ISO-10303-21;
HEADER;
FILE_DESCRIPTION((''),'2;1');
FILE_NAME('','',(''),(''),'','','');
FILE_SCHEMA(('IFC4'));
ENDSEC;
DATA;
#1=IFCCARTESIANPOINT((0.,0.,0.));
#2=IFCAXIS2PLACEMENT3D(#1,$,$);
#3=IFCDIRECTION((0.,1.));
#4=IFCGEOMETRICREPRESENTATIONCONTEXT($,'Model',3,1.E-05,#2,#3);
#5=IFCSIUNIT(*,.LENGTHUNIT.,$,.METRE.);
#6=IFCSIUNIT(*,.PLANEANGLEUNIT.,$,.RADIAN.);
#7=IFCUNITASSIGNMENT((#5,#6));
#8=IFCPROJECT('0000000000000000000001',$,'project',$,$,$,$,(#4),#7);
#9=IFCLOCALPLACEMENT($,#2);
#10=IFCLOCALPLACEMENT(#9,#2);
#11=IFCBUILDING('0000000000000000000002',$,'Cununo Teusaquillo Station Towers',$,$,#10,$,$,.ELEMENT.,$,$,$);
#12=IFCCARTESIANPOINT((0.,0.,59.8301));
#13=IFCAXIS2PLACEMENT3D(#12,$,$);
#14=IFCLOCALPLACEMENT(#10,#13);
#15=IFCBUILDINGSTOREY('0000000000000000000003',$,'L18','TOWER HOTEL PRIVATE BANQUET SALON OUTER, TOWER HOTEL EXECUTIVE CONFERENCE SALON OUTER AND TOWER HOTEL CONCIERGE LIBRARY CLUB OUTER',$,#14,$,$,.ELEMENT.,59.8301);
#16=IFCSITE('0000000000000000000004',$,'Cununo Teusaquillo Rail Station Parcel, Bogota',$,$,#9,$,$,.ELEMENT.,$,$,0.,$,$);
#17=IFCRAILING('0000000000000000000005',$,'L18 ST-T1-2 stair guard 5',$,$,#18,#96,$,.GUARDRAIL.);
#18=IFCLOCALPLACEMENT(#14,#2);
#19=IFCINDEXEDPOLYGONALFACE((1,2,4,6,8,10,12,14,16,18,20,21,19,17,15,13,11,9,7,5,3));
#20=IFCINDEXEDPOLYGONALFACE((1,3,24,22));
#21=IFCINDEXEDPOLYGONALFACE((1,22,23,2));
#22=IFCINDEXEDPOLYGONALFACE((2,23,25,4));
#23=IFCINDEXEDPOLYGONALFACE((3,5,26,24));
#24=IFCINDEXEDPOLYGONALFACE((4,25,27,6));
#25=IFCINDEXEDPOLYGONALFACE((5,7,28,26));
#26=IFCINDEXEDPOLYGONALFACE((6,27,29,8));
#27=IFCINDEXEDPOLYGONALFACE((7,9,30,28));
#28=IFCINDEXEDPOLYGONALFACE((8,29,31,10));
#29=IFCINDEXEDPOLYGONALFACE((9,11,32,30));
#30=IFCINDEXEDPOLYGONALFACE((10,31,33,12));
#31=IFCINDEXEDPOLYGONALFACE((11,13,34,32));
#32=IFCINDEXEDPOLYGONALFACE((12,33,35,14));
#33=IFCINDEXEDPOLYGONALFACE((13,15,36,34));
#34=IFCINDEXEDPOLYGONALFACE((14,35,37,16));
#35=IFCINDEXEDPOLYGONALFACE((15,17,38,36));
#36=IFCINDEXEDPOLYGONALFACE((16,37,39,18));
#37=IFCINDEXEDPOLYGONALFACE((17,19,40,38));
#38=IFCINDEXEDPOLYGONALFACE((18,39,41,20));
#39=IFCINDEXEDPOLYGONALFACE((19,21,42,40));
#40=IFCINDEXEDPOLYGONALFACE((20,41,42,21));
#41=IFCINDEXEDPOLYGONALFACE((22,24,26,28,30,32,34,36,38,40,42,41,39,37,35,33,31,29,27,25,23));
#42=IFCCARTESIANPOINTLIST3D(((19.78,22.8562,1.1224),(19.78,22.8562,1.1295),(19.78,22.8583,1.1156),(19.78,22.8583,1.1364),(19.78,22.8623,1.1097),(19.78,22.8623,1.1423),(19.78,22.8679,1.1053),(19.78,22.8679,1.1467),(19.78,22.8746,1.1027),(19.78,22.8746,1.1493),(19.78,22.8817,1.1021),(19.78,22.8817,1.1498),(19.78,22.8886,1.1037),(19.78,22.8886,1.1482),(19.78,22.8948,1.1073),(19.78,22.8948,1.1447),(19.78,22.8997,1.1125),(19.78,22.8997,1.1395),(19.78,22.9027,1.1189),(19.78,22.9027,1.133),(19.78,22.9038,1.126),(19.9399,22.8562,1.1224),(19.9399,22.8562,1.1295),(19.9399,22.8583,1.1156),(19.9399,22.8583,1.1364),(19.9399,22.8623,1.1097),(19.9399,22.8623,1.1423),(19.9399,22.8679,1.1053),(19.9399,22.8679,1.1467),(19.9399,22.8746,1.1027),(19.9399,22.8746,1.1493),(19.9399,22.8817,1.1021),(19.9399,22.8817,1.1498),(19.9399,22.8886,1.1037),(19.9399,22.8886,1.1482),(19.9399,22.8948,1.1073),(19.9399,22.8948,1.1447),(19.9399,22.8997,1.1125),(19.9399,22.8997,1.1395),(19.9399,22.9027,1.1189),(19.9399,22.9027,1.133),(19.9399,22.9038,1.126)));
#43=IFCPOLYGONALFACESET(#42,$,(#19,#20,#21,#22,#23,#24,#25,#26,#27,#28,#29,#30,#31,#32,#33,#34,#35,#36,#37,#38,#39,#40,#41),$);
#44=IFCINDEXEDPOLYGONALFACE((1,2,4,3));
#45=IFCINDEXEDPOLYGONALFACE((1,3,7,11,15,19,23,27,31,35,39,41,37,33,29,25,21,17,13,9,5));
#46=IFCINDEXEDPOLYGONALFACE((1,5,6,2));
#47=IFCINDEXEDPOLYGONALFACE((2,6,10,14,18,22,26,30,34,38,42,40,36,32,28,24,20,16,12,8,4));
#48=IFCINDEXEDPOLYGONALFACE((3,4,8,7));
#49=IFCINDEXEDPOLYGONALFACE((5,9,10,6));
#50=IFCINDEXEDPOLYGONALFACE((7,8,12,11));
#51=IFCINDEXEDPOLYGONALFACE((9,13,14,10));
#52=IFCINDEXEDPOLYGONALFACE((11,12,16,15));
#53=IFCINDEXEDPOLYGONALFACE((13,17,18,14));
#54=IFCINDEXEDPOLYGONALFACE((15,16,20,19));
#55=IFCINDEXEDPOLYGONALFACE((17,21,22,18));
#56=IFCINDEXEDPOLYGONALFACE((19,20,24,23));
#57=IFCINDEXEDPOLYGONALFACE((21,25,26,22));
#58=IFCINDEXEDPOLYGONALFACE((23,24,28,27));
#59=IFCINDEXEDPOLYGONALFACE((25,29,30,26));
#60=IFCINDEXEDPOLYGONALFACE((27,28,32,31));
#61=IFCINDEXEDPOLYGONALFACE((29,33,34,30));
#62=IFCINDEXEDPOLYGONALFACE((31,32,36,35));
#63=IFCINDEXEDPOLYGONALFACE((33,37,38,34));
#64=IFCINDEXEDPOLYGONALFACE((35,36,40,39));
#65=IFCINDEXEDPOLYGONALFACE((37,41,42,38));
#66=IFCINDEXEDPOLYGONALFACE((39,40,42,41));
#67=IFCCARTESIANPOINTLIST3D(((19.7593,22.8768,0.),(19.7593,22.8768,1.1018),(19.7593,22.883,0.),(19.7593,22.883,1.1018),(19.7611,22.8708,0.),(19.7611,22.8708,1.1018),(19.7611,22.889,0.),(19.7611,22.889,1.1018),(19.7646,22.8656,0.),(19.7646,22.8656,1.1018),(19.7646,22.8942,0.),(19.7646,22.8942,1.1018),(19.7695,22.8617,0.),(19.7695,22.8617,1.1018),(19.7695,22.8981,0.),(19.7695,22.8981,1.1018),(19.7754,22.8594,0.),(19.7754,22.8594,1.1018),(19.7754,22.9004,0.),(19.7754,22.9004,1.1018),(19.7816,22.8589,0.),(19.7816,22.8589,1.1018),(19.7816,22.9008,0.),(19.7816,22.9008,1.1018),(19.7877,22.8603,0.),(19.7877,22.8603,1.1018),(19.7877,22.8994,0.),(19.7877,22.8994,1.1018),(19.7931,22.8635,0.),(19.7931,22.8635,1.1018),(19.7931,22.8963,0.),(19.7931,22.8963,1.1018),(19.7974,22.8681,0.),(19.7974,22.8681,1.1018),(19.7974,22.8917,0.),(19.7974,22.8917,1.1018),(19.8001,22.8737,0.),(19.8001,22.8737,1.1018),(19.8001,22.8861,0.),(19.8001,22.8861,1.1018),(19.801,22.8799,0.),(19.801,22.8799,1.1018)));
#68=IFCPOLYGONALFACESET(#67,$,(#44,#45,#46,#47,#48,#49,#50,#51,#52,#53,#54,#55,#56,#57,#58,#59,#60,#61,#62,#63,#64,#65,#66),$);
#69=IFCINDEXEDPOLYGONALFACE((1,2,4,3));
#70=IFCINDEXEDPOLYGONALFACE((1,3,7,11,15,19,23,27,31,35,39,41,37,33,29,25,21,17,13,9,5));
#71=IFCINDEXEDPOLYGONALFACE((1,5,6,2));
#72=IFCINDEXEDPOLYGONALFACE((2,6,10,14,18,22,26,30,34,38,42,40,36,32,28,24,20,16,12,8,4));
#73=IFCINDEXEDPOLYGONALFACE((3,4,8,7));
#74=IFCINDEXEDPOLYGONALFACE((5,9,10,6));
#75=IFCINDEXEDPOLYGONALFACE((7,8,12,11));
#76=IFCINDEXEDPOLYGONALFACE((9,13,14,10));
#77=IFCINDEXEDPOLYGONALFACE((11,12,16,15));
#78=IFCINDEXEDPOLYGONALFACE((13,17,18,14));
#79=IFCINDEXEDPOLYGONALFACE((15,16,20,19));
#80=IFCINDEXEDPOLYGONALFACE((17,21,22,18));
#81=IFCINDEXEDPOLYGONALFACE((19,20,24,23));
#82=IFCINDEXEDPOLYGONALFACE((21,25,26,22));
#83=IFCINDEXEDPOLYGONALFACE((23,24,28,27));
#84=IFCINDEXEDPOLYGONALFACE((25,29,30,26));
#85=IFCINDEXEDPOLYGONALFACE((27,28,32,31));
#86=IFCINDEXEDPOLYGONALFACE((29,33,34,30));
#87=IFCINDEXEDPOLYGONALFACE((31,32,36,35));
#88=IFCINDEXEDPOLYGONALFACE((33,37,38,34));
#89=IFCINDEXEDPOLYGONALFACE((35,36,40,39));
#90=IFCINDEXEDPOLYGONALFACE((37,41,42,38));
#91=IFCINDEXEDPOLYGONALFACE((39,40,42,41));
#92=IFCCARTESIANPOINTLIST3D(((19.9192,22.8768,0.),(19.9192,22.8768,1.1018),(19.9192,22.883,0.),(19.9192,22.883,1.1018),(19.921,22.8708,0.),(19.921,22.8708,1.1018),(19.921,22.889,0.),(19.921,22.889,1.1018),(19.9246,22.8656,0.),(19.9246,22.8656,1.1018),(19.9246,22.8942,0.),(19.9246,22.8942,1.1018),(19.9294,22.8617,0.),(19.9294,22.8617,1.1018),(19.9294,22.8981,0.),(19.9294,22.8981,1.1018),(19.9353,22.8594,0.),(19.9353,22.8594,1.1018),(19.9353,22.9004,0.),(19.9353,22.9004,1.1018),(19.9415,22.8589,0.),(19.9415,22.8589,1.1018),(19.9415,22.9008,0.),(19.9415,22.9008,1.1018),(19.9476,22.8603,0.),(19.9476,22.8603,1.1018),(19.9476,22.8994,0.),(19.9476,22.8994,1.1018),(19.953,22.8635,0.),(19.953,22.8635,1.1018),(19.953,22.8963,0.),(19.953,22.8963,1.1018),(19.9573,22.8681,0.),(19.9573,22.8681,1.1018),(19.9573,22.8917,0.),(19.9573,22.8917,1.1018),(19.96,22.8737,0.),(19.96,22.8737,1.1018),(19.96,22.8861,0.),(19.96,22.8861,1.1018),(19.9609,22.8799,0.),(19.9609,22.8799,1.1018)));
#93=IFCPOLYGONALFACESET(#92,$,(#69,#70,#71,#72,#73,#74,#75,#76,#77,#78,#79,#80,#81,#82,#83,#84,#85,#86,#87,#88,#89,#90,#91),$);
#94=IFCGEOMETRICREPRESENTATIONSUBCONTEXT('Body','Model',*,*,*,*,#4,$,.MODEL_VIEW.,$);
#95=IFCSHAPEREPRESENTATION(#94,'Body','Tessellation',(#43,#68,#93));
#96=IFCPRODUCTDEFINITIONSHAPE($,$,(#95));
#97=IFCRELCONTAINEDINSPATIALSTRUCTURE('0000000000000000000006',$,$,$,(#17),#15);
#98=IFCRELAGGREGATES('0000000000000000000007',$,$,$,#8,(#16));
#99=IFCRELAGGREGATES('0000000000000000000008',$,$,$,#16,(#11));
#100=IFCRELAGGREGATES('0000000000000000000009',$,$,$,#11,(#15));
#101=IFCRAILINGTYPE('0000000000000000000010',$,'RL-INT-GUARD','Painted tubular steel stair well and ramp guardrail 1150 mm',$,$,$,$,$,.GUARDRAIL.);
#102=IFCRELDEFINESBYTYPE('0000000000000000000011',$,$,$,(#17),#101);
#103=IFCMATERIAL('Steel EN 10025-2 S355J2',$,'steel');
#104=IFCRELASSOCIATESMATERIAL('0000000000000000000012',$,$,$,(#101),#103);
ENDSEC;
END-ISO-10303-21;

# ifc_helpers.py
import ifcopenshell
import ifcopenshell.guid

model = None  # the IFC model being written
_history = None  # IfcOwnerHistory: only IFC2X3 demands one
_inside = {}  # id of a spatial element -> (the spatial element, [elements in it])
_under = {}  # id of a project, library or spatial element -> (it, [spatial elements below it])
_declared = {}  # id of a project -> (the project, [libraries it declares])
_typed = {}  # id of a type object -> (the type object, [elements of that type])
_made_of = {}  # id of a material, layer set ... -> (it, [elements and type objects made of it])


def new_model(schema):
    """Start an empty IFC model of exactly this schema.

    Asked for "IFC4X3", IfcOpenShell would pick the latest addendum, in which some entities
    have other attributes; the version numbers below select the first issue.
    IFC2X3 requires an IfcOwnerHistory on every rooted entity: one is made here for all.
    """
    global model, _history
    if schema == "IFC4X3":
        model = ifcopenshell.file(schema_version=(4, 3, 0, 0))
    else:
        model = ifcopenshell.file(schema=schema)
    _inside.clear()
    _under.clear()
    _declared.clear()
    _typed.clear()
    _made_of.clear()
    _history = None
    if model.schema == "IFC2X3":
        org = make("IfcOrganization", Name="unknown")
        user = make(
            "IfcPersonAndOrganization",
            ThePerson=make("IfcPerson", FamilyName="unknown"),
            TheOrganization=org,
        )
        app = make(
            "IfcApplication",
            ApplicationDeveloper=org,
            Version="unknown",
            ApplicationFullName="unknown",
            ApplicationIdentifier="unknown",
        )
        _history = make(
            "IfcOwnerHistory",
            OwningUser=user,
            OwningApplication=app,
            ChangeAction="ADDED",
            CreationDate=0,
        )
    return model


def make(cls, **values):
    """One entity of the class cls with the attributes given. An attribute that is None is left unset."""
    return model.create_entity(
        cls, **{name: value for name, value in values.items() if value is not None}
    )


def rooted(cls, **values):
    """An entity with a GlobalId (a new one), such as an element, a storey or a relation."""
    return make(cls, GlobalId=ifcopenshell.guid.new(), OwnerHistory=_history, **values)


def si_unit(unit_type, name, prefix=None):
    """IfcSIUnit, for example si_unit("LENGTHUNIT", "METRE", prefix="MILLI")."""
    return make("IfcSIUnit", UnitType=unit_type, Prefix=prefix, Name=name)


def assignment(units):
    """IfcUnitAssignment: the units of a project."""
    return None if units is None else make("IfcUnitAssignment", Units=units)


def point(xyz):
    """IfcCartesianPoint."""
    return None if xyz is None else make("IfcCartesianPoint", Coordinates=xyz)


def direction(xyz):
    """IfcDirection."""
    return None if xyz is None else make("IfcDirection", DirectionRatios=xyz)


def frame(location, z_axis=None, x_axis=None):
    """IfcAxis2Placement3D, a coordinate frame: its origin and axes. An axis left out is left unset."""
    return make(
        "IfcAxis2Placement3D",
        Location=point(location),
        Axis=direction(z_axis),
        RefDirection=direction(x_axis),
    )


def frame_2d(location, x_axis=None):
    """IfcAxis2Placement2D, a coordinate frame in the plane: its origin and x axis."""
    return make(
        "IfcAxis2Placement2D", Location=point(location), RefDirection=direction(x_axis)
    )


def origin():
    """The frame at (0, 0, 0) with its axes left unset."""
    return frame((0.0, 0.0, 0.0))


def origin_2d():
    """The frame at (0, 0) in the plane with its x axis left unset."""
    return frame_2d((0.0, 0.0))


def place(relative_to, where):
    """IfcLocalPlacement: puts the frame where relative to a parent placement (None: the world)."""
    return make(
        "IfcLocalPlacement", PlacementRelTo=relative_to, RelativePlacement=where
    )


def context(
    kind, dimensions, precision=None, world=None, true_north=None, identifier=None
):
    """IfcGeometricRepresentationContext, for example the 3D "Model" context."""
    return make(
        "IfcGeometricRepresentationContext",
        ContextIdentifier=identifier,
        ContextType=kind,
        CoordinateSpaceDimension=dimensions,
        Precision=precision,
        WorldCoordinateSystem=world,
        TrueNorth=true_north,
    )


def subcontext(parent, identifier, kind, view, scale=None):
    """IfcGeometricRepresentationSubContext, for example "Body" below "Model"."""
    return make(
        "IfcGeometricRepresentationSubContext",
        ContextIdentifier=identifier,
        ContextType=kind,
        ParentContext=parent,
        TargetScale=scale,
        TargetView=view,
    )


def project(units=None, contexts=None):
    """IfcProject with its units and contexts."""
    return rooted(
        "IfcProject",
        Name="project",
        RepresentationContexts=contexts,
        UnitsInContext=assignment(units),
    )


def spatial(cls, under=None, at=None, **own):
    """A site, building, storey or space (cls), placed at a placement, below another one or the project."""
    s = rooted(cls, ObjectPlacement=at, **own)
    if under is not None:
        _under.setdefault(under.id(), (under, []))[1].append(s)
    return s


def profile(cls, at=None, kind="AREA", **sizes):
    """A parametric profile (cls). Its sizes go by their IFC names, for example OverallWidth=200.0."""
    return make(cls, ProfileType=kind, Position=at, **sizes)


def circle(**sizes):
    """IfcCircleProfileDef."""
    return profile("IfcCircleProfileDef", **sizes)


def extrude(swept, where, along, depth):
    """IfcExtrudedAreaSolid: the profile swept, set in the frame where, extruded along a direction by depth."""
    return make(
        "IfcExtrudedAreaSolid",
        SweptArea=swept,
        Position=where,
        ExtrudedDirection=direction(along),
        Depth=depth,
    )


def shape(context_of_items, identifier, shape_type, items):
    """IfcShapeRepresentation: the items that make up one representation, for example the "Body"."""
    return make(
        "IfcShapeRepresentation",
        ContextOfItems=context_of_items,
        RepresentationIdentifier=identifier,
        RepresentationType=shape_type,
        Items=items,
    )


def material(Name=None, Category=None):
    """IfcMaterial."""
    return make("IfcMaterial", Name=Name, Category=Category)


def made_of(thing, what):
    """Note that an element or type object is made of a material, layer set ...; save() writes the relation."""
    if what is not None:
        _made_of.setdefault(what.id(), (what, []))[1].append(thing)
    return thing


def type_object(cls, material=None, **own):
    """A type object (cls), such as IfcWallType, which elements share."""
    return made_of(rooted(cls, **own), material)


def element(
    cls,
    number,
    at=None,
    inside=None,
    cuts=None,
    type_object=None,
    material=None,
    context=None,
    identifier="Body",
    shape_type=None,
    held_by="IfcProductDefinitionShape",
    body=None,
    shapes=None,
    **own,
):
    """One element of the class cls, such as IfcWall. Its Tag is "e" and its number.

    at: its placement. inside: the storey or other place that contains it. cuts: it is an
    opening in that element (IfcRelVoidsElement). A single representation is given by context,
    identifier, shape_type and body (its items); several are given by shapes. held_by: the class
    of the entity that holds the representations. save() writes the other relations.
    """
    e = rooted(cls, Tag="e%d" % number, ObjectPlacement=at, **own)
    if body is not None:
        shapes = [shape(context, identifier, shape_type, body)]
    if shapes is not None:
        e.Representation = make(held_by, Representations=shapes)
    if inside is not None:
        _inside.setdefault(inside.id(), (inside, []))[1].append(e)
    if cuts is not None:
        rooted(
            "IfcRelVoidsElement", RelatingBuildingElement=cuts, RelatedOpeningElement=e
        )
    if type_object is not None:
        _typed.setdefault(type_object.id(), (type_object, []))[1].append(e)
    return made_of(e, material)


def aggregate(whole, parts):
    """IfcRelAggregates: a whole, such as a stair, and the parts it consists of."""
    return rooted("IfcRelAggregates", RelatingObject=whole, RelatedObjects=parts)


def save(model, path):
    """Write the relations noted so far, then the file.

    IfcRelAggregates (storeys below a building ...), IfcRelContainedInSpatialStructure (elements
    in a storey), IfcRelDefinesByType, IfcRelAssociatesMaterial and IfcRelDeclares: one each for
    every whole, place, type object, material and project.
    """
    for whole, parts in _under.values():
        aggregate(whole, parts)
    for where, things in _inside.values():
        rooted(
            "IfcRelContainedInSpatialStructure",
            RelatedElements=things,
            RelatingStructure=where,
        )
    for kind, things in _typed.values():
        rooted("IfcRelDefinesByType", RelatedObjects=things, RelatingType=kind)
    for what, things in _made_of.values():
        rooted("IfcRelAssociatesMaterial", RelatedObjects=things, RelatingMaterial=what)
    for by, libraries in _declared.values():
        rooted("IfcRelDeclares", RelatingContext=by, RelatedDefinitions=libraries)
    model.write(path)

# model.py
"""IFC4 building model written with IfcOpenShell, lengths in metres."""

from ifc_helpers import new_model, si_unit, direction, frame, origin, origin_2d, place, context, subcontext, project, spatial, circle, extrude, material, type_object, element, save


model = new_model("IFC4")

# Units and contexts
model_context = context("Model", 3, precision=1e-05, world=origin(), true_north=direction((0.0, 1.0)))
body_context = subcontext(model_context, "Body", "Model", "MODEL_VIEW")
ifc_project = project(units=[si_unit("LENGTHUNIT", "METRE"), si_unit("PLANEANGLEUNIT", "RADIAN")], contexts=[model_context])

# Site, building, storey
site_placement = place(None, origin())
site = spatial("IfcSite", under=ifc_project, at=site_placement, Name="Cununo Teusaquillo Rail Station Parcel, Bogota", CompositionType="ELEMENT", RefElevation=0.0)
building_placement = place(site_placement, origin())
building = spatial("IfcBuilding", under=site, at=building_placement, Name="Cununo Teusaquillo Station Towers", CompositionType="ELEMENT")
storey_placement = place(building_placement, frame((0.0, 0.0, 59.8301)))
storey = spatial("IfcBuildingStorey", under=building, at=storey_placement, Name="L18", Description="TOWER HOTEL PRIVATE BANQUET SALON OUTER, TOWER HOTEL EXECUTIVE CONFERENCE SALON OUTER AND TOWER HOTEL CONCIERGE LIBRARY CLUB OUTER", CompositionType="ELEMENT", Elevation=59.8301)

# Railing
ifc_material_1 = material(Name="Steel EN 10025-2 S355J2", Category="steel")
railing_type_1 = type_object("IfcRailingType", Name="RL-INT-GUARD", Description="Painted tubular steel stair well and ramp guardrail 1150 mm", PredefinedType="GUARDRAIL", material=ifc_material_1)
railing_1_placement = place(storey_placement, frame((19.78, 22.8799, 0.0)))
element("IfcRailing", 1, at=railing_1_placement, inside=storey, type_object=railing_type_1, Name="L18 ST-T1-2 stair guard 5", PredefinedType="GUARDRAIL", context=body_context, shape_type="SweptSolid", body=[
    extrude(circle(Radius=0.0239, at=origin_2d()), frame((0.0, 0.0, 1.126), z_axis=(1.0, 0.0, 0.0), x_axis=(0.0, 1.0, 0.0)), (0.0, 0.0, 1.0), 0.1599),
    extrude(circle(Radius=0.021, at=origin_2d()), origin(), (0.0, 0.0, 1.0), 1.1018),
    extrude(circle(Radius=0.021, at=origin_2d()), frame((0.1599, 0.0, 0.0)), (0.0, 0.0, 1.0), 1.1018),
])

save(model, "model.ifc")
